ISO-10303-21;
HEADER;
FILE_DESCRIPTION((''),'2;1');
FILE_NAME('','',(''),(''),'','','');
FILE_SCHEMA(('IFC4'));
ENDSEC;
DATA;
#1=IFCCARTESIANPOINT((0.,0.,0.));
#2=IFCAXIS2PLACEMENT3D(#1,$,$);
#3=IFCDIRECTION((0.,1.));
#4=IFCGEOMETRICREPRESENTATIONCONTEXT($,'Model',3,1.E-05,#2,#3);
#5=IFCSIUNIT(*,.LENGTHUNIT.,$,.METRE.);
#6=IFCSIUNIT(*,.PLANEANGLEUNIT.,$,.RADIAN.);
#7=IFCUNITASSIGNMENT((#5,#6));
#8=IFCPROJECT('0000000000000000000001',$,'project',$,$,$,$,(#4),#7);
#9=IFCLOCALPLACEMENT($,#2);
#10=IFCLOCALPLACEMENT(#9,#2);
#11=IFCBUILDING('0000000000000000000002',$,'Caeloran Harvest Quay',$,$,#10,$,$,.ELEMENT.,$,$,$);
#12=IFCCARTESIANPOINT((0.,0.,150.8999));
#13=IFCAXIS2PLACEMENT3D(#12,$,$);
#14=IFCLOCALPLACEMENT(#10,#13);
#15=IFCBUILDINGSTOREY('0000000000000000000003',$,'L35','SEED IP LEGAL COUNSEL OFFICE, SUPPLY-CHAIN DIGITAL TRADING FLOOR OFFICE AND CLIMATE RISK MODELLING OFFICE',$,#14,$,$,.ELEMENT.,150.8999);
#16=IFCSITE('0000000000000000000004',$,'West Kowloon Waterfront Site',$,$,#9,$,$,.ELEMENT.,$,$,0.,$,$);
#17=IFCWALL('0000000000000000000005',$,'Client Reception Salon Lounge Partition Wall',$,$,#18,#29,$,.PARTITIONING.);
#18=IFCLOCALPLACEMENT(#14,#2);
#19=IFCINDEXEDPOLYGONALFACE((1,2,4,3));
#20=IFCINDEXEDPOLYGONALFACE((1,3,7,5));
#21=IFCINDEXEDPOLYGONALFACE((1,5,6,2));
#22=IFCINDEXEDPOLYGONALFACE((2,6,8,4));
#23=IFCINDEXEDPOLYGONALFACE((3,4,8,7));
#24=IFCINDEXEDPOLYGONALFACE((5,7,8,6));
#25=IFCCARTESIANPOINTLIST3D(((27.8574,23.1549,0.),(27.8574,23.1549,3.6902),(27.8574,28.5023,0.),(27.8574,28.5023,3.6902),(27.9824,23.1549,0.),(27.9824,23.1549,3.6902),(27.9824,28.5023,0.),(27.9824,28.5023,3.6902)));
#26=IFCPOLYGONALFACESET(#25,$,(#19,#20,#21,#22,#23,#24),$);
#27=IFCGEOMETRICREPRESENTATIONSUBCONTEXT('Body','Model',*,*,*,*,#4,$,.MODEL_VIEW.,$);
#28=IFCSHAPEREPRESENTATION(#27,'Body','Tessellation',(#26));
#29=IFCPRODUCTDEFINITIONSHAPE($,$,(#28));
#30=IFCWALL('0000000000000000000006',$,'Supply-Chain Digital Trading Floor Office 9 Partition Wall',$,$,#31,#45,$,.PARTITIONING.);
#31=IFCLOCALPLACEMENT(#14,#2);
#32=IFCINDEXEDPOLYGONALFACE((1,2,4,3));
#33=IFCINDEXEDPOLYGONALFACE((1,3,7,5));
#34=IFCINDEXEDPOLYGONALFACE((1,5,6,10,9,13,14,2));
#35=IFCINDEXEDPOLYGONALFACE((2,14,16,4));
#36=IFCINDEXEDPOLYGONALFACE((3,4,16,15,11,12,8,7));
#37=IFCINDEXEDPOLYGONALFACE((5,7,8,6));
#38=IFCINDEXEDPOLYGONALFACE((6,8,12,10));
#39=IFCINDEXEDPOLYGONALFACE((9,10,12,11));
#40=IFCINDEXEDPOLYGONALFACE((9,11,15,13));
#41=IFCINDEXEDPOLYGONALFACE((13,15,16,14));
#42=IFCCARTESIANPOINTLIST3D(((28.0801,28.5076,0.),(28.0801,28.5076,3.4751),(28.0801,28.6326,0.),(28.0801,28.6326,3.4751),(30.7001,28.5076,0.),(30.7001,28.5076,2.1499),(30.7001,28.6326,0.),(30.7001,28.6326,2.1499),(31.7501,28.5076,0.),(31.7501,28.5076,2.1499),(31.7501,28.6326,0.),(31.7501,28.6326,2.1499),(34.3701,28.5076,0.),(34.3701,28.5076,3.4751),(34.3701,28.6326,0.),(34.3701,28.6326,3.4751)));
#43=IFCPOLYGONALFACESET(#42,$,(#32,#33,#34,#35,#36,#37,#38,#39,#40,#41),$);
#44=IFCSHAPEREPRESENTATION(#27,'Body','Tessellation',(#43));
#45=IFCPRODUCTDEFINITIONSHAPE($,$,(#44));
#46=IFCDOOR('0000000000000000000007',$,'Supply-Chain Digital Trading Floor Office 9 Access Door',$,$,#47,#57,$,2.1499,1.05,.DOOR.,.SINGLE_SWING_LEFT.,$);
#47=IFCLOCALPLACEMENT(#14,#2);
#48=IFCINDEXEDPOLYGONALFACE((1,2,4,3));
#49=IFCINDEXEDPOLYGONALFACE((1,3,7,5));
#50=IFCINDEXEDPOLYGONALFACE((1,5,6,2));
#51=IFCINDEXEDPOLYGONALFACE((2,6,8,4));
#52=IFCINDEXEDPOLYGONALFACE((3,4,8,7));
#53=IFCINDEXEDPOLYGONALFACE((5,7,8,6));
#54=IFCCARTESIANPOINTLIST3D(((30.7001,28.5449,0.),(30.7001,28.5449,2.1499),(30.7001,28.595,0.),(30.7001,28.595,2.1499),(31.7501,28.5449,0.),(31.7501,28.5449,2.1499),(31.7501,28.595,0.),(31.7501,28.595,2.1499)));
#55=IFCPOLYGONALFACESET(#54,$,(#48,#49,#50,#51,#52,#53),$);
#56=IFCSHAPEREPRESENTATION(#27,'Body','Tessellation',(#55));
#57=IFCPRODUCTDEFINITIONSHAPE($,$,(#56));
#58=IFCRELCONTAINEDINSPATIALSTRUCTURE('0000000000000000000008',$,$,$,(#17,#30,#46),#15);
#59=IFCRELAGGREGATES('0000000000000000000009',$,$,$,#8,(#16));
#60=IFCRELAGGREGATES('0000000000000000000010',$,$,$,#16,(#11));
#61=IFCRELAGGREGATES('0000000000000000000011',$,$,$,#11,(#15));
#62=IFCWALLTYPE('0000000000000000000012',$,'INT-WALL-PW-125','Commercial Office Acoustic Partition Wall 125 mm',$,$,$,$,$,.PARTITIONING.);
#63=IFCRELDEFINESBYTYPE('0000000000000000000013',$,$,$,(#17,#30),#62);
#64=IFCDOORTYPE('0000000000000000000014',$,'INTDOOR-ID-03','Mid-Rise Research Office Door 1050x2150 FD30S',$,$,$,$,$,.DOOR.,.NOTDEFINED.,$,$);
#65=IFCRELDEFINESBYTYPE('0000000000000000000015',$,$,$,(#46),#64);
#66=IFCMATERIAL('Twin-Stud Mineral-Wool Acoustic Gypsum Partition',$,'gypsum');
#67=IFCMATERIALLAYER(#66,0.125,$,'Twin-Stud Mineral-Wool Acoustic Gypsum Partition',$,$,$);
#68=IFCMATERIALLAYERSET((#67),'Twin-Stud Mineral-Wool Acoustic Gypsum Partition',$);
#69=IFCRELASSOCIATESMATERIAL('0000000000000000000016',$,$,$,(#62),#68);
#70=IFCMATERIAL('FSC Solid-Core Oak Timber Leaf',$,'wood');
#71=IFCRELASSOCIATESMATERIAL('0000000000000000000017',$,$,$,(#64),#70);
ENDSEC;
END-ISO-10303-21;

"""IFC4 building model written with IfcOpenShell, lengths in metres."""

from ifc_helpers import new_model, si_unit, direction, frame, frame_2d, origin, place, context, subcontext, project, spatial, rectangle, extrude, material, layer, layer_set, type_object, element, fill, save


model = new_model("IFC4")

# Units and contexts
model_context = context("Model", 3, precision=1e-05, world=origin(), true_north=direction((0.0, 1.0)))
body_context = subcontext(model_context, "Body", "Model", "MODEL_VIEW")
ifc_project = project(units=[si_unit("LENGTHUNIT", "METRE"), si_unit("PLANEANGLEUNIT", "RADIAN")], contexts=[model_context])

# Site, building, storey
site_placement = place(None, origin())
site = spatial("IfcSite", under=ifc_project, at=site_placement, Name="West Kowloon Waterfront Site", CompositionType="ELEMENT", RefElevation=0.0)
building_placement = place(site_placement, origin())
building = spatial("IfcBuilding", under=site, at=building_placement, Name="Caeloran Harvest Quay", CompositionType="ELEMENT")
storey_placement = place(building_placement, frame((0.0, 0.0, 150.8999)))
storey = spatial("IfcBuildingStorey", under=building, at=storey_placement, Name="L35", Description="SEED IP LEGAL COUNSEL OFFICE, SUPPLY-CHAIN DIGITAL TRADING FLOOR OFFICE AND CLIMATE RISK MODELLING OFFICE", CompositionType="ELEMENT", Elevation=150.8999)

# Wall
ifc_material_1 = material(Name="Twin-Stud Mineral-Wool Acoustic Gypsum Partition", Category="gypsum")
ifc_layer = layer(ifc_material_1, 0.125, Name="Twin-Stud Mineral-Wool Acoustic Gypsum Partition")
ifc_layer_set = layer_set([ifc_layer], Name="Twin-Stud Mineral-Wool Acoustic Gypsum Partition")
wall_type = type_object("IfcWallType", Name="INT-WALL-PW-125", Description="Commercial Office Acoustic Partition Wall 125 mm", PredefinedType="PARTITIONING", material=ifc_layer_set)
wall_1_placement = place(storey_placement, frame((27.9199, 28.5024, 0.0), z_axis=(0.0, 0.0, 1.0), x_axis=(0.0, -1.0, 0.0)))
element("IfcWall", 1, at=wall_1_placement, inside=storey, type_object=wall_type, Name="Client Reception Salon Lounge Partition Wall", PredefinedType="PARTITIONING", context=body_context, shape_type="SweptSolid", body=[
    extrude(rectangle(XDim=5.3474, YDim=0.125, at=frame_2d((2.6738, 0.0))), origin(), (0.0, 0.0, 1.0), 3.6902),
])

# Wall, opening, door
wall_2_placement = place(storey_placement, frame((28.0801, 28.5701, 0.0), z_axis=(0.0, 0.0, 1.0), x_axis=(1.0, 0.0, 0.0)))
wall_2 = element("IfcWall", 2, at=wall_2_placement, inside=storey, type_object=wall_type, Name="Supply-Chain Digital Trading Floor Office 9 Partition Wall", PredefinedType="PARTITIONING", context=body_context, shape_type="SweptSolid", body=[
    extrude(rectangle(XDim=6.29, YDim=0.125, at=frame_2d((3.145, 0.0))), origin(), (0.0, 0.0, 1.0), 3.4751),
])
opening_placement = place(wall_2_placement, frame((2.6201, 0.0, 0.0)))
opening = element("IfcOpeningElement", 3, at=opening_placement, cuts=wall_2, PredefinedType="OPENING", context=body_context, shape_type="SweptSolid", body=[
    extrude(rectangle(XDim=1.05, YDim=2.1499, at=frame_2d((0.5249, 1.075))), frame((0.0, 0.0725, 0.0), z_axis=(0.0, -1.0, 0.0), x_axis=(1.0, 0.0, 0.0)), (0.0, 0.0, 1.0), 0.145),
])
ifc_material_2 = material(Name="FSC Solid-Core Oak Timber Leaf", Category="wood")
door_type = type_object("IfcDoorType", Name="INTDOOR-ID-03", Description="Mid-Rise Research Office Door 1050x2150 FD30S", OperationType="NOTDEFINED", PredefinedType="DOOR", material=ifc_material_2)
door_placement = place(opening_placement, origin())
door = element("IfcDoor", 4, at=door_placement, inside=storey, type_object=door_type, Name="Supply-Chain Digital Trading Floor Office 9 Access Door", OperationType="SINGLE_SWING_LEFT", OverallHeight=2.1499, OverallWidth=1.05, PredefinedType="DOOR", context=body_context, shape_type="SweptSolid", body=[
    extrude(rectangle(XDim=1.05, YDim=2.1499, at=frame_2d((0.5249, 1.075))), frame((0.0, 0.0249, 0.0), z_axis=(0.0, -1.0, 0.0), x_axis=(1.0, 0.0, 0.0)), (0.0, 0.0, 1.0), 0.05),
])
fill(opening, door)

save(model, "model.ifc")
